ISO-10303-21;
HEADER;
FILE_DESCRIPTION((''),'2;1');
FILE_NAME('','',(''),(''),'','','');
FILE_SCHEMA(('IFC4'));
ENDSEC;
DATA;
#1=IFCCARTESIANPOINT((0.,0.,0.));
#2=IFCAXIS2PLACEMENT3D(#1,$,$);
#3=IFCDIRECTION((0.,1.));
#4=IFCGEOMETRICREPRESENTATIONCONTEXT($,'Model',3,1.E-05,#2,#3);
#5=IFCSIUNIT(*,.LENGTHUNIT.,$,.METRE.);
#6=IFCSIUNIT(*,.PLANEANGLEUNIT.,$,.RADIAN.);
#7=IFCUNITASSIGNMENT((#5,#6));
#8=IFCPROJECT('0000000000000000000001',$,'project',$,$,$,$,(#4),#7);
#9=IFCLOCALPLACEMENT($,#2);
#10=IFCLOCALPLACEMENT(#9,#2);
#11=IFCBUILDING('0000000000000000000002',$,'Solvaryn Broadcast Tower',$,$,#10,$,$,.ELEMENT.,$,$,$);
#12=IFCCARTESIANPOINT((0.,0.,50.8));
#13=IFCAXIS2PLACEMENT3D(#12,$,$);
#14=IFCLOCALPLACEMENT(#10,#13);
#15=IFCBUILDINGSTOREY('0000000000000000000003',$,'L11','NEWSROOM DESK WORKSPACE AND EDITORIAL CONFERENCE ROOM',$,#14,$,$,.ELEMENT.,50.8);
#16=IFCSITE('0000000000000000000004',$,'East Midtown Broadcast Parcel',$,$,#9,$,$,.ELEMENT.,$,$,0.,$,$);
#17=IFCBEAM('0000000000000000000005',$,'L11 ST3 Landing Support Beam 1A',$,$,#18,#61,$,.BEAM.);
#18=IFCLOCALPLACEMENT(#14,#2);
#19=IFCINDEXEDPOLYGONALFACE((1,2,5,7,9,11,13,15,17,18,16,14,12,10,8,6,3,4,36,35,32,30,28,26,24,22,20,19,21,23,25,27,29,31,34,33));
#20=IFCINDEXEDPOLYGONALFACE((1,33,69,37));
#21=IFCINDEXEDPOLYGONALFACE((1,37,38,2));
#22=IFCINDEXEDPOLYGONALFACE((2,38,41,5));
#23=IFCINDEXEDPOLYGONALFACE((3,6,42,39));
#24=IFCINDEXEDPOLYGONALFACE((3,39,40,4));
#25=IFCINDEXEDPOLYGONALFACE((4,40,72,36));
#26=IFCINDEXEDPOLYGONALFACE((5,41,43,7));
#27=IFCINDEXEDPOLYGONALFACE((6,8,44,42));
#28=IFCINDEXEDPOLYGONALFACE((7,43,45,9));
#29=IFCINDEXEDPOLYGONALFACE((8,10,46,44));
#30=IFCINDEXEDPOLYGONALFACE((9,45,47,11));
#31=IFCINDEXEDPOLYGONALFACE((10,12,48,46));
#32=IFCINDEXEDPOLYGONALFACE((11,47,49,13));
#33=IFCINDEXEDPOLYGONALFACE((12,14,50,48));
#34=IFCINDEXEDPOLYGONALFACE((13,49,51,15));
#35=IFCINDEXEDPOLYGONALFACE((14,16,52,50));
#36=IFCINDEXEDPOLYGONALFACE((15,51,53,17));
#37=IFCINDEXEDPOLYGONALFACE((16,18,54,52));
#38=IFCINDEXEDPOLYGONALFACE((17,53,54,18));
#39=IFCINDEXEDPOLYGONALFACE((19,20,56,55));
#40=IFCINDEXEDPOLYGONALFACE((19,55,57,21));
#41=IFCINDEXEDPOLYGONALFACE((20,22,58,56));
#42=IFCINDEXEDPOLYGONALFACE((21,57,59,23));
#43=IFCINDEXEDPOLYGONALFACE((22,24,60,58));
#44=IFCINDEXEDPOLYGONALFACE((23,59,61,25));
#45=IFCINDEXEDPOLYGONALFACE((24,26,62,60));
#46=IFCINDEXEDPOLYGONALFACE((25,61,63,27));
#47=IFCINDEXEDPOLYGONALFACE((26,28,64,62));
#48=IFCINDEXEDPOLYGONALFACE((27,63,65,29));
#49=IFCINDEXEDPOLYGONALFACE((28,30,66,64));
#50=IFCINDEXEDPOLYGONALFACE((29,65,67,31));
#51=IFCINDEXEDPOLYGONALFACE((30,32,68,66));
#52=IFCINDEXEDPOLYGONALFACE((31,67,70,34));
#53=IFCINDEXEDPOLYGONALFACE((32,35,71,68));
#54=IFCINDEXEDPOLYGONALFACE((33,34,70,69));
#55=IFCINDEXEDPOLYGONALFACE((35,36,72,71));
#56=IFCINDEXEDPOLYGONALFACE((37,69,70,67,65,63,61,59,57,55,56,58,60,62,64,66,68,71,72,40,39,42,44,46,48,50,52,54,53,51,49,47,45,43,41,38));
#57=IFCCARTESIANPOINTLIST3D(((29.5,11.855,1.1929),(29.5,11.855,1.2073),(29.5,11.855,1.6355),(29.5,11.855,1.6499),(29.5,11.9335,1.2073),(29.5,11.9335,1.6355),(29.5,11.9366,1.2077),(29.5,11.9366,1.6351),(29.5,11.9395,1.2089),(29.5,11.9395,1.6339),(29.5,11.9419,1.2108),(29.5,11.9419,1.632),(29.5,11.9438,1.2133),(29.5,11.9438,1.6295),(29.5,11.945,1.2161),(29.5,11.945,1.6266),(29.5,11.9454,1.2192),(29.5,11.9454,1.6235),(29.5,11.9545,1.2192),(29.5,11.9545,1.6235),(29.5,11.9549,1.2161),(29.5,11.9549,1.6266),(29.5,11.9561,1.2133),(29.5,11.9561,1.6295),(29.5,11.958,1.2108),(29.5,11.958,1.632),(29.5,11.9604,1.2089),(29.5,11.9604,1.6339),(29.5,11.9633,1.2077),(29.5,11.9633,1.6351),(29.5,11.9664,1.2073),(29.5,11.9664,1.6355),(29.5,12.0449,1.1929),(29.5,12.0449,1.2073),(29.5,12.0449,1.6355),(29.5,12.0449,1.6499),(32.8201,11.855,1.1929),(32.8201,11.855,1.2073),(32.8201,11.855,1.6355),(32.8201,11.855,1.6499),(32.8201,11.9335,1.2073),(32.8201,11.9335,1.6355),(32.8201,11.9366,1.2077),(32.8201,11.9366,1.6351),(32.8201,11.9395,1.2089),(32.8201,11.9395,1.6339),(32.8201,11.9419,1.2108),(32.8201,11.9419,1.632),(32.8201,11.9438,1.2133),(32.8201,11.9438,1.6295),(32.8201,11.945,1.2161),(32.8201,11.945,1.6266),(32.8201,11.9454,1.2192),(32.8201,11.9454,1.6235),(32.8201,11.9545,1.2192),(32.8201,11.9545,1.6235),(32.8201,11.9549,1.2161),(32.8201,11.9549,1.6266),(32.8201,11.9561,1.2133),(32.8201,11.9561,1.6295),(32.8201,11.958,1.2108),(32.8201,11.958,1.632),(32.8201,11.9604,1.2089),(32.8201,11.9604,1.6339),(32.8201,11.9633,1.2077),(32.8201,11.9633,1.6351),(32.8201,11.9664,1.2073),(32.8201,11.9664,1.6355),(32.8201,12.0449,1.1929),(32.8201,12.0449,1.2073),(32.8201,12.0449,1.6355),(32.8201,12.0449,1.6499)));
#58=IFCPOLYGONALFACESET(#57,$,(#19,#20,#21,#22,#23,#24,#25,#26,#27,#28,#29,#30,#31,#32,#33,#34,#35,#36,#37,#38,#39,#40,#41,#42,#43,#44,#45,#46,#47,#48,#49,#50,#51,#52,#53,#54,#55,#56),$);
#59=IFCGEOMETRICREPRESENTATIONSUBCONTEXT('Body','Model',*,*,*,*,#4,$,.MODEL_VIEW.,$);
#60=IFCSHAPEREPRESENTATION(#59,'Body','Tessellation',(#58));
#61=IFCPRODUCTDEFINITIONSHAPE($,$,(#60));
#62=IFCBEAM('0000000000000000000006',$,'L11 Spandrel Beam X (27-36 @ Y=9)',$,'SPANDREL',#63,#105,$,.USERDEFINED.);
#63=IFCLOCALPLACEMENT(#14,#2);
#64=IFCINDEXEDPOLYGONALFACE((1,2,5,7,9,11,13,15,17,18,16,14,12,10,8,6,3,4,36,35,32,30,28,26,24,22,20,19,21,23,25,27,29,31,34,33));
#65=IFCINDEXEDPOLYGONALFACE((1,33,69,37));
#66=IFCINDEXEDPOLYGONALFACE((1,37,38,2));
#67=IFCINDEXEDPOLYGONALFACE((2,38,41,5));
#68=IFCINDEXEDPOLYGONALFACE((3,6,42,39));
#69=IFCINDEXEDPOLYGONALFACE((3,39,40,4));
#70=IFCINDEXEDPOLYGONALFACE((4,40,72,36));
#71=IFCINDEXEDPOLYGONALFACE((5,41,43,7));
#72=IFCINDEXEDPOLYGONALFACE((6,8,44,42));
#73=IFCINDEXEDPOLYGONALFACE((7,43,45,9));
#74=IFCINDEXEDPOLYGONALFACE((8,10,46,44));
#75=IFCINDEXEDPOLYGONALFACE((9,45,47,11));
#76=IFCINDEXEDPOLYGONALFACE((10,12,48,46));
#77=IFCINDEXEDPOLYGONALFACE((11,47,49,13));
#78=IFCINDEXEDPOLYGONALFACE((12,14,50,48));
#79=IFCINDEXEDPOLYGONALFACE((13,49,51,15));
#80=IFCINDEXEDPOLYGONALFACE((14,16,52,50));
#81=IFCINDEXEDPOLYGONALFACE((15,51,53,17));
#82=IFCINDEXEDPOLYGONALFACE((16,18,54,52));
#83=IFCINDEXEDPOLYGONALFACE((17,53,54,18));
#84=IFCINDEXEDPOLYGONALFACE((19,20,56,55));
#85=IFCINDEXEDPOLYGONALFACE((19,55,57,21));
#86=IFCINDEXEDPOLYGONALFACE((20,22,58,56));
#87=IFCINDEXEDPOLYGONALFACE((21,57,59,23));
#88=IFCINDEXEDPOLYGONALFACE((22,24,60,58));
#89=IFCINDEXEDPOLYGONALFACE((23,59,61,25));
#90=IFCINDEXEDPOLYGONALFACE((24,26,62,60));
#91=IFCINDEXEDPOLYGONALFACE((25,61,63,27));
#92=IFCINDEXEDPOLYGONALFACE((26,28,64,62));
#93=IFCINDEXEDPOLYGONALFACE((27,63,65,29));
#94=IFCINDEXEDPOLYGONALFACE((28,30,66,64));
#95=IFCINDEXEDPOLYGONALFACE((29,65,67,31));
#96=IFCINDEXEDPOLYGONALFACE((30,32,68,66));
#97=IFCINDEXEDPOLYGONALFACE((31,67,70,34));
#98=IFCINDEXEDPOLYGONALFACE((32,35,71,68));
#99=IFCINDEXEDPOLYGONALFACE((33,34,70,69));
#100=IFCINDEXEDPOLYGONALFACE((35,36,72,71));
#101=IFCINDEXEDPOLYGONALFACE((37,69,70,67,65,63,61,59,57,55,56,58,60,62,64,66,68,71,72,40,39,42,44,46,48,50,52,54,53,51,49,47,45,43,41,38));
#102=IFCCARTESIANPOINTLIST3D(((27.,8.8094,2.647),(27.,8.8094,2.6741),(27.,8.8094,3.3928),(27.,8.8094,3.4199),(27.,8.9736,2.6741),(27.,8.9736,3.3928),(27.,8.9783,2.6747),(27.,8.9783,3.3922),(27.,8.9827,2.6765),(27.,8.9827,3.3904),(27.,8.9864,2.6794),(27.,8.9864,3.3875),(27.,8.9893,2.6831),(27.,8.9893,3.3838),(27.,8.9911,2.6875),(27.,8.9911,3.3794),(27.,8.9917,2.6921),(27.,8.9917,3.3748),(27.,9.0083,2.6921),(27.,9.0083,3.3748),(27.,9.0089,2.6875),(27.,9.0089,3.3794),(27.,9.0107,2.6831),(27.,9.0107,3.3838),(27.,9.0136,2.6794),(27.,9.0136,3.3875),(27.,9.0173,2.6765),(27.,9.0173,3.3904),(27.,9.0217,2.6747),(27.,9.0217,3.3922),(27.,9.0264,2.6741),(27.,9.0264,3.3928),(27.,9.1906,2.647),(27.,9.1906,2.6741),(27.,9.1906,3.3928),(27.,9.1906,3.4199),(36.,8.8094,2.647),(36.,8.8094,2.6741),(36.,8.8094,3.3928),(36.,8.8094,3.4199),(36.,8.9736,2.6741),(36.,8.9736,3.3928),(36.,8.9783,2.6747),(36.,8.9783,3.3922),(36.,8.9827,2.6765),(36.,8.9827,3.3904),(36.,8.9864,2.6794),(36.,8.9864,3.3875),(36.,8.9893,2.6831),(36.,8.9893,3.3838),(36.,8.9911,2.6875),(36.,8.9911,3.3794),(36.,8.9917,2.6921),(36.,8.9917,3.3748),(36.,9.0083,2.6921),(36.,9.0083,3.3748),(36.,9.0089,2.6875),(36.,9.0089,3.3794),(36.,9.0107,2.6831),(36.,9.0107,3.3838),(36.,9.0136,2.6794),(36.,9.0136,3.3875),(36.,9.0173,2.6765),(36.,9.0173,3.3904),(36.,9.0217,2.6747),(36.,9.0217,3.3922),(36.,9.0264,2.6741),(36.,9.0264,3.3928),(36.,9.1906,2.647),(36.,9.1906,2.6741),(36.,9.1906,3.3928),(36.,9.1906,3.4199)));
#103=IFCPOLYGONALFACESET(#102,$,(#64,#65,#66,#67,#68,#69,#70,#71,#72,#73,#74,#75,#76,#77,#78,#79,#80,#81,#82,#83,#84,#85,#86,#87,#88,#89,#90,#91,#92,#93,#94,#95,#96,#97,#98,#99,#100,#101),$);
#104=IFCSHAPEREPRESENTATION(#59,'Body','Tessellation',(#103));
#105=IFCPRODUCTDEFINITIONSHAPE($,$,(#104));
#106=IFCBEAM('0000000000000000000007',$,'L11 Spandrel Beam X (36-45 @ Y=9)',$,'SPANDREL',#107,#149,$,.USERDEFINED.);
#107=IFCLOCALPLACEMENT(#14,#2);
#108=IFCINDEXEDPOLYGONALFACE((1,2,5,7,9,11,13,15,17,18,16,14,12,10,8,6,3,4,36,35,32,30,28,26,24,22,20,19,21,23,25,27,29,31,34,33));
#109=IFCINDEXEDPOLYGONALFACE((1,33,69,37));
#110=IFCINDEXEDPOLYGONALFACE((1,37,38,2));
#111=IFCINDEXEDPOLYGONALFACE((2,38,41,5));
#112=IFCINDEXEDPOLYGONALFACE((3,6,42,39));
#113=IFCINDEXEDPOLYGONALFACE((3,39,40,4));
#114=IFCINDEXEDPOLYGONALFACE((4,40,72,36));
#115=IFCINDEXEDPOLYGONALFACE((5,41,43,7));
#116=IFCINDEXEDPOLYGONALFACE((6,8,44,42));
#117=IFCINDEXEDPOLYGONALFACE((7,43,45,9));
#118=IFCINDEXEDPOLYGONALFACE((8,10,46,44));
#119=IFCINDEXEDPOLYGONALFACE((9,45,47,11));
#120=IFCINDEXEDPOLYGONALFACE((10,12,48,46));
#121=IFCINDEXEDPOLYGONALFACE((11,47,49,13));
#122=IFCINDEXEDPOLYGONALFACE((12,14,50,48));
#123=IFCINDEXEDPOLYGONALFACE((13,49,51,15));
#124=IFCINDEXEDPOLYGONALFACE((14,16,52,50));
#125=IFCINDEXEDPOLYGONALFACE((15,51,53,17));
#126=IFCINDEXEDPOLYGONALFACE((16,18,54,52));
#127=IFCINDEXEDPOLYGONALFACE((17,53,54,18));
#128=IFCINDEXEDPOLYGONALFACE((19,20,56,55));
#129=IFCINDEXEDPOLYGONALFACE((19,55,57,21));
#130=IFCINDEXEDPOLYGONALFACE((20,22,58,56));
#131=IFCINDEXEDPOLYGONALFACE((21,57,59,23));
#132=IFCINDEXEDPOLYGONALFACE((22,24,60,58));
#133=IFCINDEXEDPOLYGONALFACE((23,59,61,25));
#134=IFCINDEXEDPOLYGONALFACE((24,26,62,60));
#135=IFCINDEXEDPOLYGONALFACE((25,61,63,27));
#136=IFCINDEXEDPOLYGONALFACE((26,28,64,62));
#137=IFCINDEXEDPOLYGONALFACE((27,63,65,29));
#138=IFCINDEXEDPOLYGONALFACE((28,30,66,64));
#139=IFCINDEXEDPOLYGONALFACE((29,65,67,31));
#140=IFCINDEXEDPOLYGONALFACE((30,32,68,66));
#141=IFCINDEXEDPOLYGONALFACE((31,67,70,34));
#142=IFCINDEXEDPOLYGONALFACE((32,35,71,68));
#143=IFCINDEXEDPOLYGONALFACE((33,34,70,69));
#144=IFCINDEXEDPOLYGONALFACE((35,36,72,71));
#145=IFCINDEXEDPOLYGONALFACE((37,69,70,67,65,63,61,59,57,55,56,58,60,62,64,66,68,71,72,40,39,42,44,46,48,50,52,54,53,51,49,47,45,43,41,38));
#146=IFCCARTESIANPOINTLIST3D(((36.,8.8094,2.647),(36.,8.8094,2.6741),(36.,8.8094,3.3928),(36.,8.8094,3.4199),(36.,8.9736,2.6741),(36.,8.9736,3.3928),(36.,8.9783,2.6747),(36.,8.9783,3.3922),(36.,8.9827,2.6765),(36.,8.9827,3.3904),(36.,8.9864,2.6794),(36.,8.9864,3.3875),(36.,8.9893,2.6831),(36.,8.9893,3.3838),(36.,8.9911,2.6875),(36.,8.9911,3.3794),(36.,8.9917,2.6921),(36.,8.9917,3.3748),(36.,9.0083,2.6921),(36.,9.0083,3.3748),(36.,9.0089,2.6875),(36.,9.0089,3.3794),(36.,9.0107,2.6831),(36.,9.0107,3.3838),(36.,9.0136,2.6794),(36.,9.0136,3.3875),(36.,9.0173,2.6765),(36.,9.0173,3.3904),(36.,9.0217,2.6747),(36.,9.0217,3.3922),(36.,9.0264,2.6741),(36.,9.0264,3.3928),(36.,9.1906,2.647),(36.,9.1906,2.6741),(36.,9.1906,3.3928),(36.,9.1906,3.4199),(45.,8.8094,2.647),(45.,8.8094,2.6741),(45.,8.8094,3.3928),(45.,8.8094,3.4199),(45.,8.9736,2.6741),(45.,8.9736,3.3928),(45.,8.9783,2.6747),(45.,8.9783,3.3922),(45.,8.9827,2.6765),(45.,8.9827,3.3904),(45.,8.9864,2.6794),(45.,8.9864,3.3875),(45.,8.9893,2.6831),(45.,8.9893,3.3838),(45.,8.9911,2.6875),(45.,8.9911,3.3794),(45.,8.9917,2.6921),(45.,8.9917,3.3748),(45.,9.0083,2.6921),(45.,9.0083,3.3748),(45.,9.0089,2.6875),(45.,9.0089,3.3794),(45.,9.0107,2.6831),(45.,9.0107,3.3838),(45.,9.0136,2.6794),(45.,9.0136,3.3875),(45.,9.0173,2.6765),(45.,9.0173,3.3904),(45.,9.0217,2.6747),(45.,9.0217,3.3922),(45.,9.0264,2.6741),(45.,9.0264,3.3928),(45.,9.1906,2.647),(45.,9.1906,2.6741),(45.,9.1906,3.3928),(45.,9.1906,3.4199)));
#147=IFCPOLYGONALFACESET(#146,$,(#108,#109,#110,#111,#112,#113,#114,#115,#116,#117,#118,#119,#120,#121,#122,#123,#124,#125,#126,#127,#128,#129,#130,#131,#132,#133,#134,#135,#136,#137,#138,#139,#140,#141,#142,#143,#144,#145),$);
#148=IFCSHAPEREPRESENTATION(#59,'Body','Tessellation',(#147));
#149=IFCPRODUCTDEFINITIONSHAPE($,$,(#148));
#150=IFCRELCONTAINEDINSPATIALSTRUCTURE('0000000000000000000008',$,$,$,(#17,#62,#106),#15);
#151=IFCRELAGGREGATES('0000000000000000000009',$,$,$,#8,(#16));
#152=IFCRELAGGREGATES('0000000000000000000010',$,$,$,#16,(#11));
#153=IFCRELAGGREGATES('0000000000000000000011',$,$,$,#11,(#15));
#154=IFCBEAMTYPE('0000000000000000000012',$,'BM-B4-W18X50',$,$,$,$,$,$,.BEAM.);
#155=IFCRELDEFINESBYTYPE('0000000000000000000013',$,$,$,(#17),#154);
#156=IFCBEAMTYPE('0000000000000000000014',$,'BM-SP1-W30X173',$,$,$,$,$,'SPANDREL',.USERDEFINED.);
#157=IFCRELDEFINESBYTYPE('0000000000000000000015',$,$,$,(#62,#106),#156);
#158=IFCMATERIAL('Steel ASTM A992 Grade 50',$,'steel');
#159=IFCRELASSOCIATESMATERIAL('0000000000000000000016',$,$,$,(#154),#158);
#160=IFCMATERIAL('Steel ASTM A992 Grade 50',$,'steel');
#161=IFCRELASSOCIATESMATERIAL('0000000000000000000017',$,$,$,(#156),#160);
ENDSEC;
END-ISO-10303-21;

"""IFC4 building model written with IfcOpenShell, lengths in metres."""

from ifc_helpers import new_model, si_unit, direction, frame, origin, origin_2d, place, context, subcontext, project, spatial, i_section, extrude, material, material_profile, profile_set, type_object, element, save


model = new_model("IFC4")

# Units and contexts
model_context = context("Model", 3, precision=1e-05, world=origin(), true_north=direction((0.0, 1.0)))
body_context = subcontext(model_context, "Body", "Model", "MODEL_VIEW")
ifc_project = project(units=[si_unit("LENGTHUNIT", "METRE"), si_unit("PLANEANGLEUNIT", "RADIAN")], contexts=[model_context])

# Site, building, storey
site_placement = place(None, origin())
site = spatial("IfcSite", under=ifc_project, at=site_placement, Name="East Midtown Broadcast Parcel", CompositionType="ELEMENT", RefElevation=0.0)
building_placement = place(site_placement, origin())
building = spatial("IfcBuilding", under=site, at=building_placement, Name="Solvaryn Broadcast Tower", CompositionType="ELEMENT")
storey_placement = place(building_placement, frame((0.0, 0.0, 50.8)))
storey = spatial("IfcBuildingStorey", under=building, at=storey_placement, Name="L11", Description="NEWSROOM DESK WORKSPACE AND EDITORIAL CONFERENCE ROOM", CompositionType="ELEMENT", Elevation=50.8)

# Beams
ifc_material_1 = material(Name="Steel ASTM A992 Grade 50", Category="steel")
ifc_material_profile_1 = material_profile(ifc_material_1, i_section(OverallWidth=0.1899, OverallDepth=0.457, WebThickness=0.009, FlangeThickness=0.0144, FilletRadius=0.012, at=origin_2d()))
ifc_profile_set_1 = profile_set([ifc_material_profile_1], Name="Steel ASTM A992 Grade 50")
beam_type_1 = type_object("IfcBeamType", Name="BM-B4-W18X50", PredefinedType="BEAM", material=ifc_profile_set_1)
beam_1_placement = place(storey_placement, frame((29.5, 11.95, 1.4214), z_axis=(1.0, 0.0, 0.0), x_axis=(0.0, 1.0, 0.0)))
element("IfcBeam", 1, at=beam_1_placement, inside=storey, type_object=beam_type_1, Name="L11 ST3 Landing Support Beam 1A", PredefinedType="BEAM", context=body_context, shape_type="SweptSolid", body=[
    extrude(i_section(OverallWidth=0.1899, OverallDepth=0.457, WebThickness=0.009, FlangeThickness=0.0144, FilletRadius=0.012, at=origin_2d()), origin(), (0.0, 0.0, 1.0), 3.3201),
])
ifc_material_2 = material(Name="Steel ASTM A992 Grade 50", Category="steel")
ifc_material_profile_2 = material_profile(ifc_material_2, i_section(OverallWidth=0.3811, OverallDepth=0.7729, WebThickness=0.0166, FlangeThickness=0.0271, FilletRadius=0.0181, at=origin_2d()))
ifc_profile_set_2 = profile_set([ifc_material_profile_2], Name="Steel ASTM A992 Grade 50")
beam_type_2 = type_object("IfcBeamType", Name="BM-SP1-W30X173", ElementType="SPANDREL", PredefinedType="USERDEFINED", material=ifc_profile_set_2)
for number, where, z_axis, x_axis, name in (
    (2, (27.0, 9.0, 3.0334), (1.0, 0.0, 0.0), (0.0, 1.0, 0.0), "L11 Spandrel Beam X (27-36 @ Y=9)"),
    (3, (36.0, 9.0, 3.0334), (1.0, 0.0, 0.0), (0.0, 1.0, 0.0), "L11 Spandrel Beam X (36-45 @ Y=9)"),
):
    element("IfcBeam", number, at=place(storey_placement, frame(where, z_axis=z_axis, x_axis=x_axis)), inside=storey, type_object=beam_type_2, Name=name, ObjectType="SPANDREL", PredefinedType="USERDEFINED", context=body_context, shape_type="SweptSolid", body=[
        extrude(i_section(OverallWidth=0.3811, OverallDepth=0.7729, WebThickness=0.0166, FlangeThickness=0.0271, FilletRadius=0.0181, at=origin_2d()), origin(), (0.0, 0.0, 1.0), 9.0),
    ])

save(model, "model.ifc")
